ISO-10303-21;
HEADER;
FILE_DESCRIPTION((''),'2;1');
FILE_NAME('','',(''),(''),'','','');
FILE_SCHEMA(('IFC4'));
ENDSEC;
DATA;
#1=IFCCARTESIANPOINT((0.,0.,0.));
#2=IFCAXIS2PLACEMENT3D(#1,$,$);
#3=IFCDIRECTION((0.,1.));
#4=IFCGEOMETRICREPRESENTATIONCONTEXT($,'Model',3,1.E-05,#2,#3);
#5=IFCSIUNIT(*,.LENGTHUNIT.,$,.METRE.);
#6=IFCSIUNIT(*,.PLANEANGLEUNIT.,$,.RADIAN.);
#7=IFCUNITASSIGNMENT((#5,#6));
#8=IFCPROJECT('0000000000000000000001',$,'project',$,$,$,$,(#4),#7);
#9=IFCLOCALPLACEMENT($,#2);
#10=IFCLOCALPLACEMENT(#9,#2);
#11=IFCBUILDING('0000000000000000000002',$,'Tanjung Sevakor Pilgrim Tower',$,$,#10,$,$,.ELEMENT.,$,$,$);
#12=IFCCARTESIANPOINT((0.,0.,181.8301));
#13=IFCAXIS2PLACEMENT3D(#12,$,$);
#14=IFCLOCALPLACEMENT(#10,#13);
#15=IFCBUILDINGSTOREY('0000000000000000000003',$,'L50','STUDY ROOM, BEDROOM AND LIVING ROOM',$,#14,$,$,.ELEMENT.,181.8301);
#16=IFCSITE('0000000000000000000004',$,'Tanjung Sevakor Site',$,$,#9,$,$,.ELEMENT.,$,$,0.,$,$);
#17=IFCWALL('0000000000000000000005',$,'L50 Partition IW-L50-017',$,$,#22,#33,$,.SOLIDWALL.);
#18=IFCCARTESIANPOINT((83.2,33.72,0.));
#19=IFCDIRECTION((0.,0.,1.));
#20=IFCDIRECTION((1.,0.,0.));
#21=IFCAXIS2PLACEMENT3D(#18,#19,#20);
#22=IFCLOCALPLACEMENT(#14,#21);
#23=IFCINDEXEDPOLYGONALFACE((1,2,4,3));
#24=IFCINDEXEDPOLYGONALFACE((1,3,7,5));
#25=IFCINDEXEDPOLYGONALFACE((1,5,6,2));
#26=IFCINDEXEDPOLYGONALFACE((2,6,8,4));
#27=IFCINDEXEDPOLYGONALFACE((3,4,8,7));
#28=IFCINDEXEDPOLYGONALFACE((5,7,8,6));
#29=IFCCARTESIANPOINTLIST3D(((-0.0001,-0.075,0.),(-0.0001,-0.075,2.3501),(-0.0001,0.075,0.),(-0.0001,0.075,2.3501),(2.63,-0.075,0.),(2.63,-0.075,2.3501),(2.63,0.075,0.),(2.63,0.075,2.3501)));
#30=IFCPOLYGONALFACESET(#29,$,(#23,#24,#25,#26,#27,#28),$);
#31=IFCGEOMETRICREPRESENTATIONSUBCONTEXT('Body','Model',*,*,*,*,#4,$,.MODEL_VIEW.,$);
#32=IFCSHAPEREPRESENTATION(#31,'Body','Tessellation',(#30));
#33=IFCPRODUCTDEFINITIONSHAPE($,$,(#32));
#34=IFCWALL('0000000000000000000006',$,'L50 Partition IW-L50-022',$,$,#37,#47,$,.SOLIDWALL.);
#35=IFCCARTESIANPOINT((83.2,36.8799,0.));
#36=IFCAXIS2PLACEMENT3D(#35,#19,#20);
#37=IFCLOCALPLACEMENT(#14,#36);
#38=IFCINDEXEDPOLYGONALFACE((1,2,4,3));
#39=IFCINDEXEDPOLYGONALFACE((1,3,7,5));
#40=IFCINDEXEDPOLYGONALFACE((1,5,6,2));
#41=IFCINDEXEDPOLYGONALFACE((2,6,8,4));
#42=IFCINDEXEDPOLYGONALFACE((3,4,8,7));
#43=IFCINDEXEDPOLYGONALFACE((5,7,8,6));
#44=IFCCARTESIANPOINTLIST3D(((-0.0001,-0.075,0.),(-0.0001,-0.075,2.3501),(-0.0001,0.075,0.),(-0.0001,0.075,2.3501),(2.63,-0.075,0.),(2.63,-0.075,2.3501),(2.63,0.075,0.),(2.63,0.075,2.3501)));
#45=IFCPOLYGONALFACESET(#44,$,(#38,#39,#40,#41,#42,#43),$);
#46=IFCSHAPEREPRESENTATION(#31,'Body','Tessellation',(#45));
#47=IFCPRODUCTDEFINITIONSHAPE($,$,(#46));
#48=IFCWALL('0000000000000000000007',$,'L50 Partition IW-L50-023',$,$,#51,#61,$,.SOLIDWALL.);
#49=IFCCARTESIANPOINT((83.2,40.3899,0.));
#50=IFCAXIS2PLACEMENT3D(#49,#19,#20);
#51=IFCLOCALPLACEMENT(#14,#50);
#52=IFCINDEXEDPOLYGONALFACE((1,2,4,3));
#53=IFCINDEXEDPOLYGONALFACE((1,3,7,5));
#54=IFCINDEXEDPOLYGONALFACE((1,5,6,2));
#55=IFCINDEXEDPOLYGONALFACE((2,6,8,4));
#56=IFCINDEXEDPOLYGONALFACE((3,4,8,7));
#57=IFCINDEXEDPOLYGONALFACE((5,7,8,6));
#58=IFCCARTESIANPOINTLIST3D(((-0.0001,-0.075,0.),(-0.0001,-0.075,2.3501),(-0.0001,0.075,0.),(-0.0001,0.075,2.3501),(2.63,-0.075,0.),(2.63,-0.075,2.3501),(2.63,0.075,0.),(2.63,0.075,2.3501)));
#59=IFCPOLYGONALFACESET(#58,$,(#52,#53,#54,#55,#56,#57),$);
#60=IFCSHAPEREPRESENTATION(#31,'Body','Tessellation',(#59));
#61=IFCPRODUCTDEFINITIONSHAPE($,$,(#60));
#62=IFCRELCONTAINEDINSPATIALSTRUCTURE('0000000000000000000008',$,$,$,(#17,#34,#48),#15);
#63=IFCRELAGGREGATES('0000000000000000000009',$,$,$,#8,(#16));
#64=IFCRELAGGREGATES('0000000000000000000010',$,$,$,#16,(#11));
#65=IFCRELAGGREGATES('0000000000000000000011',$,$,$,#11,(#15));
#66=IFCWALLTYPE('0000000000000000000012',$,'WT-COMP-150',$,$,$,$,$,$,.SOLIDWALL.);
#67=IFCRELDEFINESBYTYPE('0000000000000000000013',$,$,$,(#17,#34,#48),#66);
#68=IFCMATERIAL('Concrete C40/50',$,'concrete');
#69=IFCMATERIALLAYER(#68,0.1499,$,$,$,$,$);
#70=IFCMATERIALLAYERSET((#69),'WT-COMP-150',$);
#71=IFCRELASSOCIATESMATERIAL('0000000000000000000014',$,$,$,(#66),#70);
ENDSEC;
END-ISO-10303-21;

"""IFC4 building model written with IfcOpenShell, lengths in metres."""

from ifc_helpers import new_model, si_unit, direction, frame, frame_2d, origin, place, context, subcontext, project, spatial, rectangle, extrude, material, layer, layer_set, type_object, element, save


model = new_model("IFC4")

# Units and contexts
model_context = context("Model", 3, precision=1e-05, world=origin(), true_north=direction((0.0, 1.0)))
body_context = subcontext(model_context, "Body", "Model", "MODEL_VIEW")
ifc_project = project(units=[si_unit("LENGTHUNIT", "METRE"), si_unit("PLANEANGLEUNIT", "RADIAN")], contexts=[model_context])

# Site, building, storey
site_placement = place(None, origin())
site = spatial("IfcSite", under=ifc_project, at=site_placement, Name="Tanjung Sevakor Site", CompositionType="ELEMENT", RefElevation=0.0)
building_placement = place(site_placement, origin())
building = spatial("IfcBuilding", under=site, at=building_placement, Name="Tanjung Sevakor Pilgrim Tower", CompositionType="ELEMENT")
storey_placement = place(building_placement, frame((0.0, 0.0, 181.8301)))
storey = spatial("IfcBuildingStorey", under=building, at=storey_placement, Name="L50", Description="STUDY ROOM, BEDROOM AND LIVING ROOM", CompositionType="ELEMENT", Elevation=181.8301)

# Walls
ifc_material_1 = material(Name="Concrete C40/50", Category="concrete")
ifc_layer_1 = layer(ifc_material_1, 0.1499)
ifc_layer_set_1 = layer_set([ifc_layer_1], Name="WT-COMP-150")
wall_type_1 = type_object("IfcWallType", Name="WT-COMP-150", PredefinedType="SOLIDWALL", material=ifc_layer_set_1)
wall_1_placement = place(storey_placement, frame((83.2, 33.72, 0.0), z_axis=(0.0, 0.0, 1.0), x_axis=(1.0, 0.0, 0.0)))
element("IfcWall", 1, at=wall_1_placement, inside=storey, type_object=wall_type_1, Name="L50 Partition IW-L50-017", PredefinedType="SOLIDWALL", context=body_context, shape_type="SweptSolid", body=[
    extrude(rectangle(XDim=2.6301, YDim=0.1499, at=frame_2d((1.3149, 0.0))), origin(), (0.0, 0.0, 1.0), 2.3501),
])
for number, where, z_axis, x_axis, name in (
    (2, (83.2, 36.8799, 0.0), (0.0, 0.0, 1.0), (1.0, 0.0, 0.0), "L50 Partition IW-L50-022"),
    (3, (83.2, 40.3899, 0.0), (0.0, 0.0, 1.0), (1.0, 0.0, 0.0), "L50 Partition IW-L50-023"),
):
    element("IfcWall", number, at=place(storey_placement, frame(where, z_axis=z_axis, x_axis=x_axis)), inside=storey, type_object=wall_type_1, Name=name, PredefinedType="SOLIDWALL", context=body_context, shape_type="SweptSolid", body=[
        extrude(rectangle(XDim=2.6301, YDim=0.1499, at=frame_2d((1.3149, 0.0))), origin(), (0.0, 0.0, 1.0), 2.3501),
    ])

save(model, "model.ifc")
